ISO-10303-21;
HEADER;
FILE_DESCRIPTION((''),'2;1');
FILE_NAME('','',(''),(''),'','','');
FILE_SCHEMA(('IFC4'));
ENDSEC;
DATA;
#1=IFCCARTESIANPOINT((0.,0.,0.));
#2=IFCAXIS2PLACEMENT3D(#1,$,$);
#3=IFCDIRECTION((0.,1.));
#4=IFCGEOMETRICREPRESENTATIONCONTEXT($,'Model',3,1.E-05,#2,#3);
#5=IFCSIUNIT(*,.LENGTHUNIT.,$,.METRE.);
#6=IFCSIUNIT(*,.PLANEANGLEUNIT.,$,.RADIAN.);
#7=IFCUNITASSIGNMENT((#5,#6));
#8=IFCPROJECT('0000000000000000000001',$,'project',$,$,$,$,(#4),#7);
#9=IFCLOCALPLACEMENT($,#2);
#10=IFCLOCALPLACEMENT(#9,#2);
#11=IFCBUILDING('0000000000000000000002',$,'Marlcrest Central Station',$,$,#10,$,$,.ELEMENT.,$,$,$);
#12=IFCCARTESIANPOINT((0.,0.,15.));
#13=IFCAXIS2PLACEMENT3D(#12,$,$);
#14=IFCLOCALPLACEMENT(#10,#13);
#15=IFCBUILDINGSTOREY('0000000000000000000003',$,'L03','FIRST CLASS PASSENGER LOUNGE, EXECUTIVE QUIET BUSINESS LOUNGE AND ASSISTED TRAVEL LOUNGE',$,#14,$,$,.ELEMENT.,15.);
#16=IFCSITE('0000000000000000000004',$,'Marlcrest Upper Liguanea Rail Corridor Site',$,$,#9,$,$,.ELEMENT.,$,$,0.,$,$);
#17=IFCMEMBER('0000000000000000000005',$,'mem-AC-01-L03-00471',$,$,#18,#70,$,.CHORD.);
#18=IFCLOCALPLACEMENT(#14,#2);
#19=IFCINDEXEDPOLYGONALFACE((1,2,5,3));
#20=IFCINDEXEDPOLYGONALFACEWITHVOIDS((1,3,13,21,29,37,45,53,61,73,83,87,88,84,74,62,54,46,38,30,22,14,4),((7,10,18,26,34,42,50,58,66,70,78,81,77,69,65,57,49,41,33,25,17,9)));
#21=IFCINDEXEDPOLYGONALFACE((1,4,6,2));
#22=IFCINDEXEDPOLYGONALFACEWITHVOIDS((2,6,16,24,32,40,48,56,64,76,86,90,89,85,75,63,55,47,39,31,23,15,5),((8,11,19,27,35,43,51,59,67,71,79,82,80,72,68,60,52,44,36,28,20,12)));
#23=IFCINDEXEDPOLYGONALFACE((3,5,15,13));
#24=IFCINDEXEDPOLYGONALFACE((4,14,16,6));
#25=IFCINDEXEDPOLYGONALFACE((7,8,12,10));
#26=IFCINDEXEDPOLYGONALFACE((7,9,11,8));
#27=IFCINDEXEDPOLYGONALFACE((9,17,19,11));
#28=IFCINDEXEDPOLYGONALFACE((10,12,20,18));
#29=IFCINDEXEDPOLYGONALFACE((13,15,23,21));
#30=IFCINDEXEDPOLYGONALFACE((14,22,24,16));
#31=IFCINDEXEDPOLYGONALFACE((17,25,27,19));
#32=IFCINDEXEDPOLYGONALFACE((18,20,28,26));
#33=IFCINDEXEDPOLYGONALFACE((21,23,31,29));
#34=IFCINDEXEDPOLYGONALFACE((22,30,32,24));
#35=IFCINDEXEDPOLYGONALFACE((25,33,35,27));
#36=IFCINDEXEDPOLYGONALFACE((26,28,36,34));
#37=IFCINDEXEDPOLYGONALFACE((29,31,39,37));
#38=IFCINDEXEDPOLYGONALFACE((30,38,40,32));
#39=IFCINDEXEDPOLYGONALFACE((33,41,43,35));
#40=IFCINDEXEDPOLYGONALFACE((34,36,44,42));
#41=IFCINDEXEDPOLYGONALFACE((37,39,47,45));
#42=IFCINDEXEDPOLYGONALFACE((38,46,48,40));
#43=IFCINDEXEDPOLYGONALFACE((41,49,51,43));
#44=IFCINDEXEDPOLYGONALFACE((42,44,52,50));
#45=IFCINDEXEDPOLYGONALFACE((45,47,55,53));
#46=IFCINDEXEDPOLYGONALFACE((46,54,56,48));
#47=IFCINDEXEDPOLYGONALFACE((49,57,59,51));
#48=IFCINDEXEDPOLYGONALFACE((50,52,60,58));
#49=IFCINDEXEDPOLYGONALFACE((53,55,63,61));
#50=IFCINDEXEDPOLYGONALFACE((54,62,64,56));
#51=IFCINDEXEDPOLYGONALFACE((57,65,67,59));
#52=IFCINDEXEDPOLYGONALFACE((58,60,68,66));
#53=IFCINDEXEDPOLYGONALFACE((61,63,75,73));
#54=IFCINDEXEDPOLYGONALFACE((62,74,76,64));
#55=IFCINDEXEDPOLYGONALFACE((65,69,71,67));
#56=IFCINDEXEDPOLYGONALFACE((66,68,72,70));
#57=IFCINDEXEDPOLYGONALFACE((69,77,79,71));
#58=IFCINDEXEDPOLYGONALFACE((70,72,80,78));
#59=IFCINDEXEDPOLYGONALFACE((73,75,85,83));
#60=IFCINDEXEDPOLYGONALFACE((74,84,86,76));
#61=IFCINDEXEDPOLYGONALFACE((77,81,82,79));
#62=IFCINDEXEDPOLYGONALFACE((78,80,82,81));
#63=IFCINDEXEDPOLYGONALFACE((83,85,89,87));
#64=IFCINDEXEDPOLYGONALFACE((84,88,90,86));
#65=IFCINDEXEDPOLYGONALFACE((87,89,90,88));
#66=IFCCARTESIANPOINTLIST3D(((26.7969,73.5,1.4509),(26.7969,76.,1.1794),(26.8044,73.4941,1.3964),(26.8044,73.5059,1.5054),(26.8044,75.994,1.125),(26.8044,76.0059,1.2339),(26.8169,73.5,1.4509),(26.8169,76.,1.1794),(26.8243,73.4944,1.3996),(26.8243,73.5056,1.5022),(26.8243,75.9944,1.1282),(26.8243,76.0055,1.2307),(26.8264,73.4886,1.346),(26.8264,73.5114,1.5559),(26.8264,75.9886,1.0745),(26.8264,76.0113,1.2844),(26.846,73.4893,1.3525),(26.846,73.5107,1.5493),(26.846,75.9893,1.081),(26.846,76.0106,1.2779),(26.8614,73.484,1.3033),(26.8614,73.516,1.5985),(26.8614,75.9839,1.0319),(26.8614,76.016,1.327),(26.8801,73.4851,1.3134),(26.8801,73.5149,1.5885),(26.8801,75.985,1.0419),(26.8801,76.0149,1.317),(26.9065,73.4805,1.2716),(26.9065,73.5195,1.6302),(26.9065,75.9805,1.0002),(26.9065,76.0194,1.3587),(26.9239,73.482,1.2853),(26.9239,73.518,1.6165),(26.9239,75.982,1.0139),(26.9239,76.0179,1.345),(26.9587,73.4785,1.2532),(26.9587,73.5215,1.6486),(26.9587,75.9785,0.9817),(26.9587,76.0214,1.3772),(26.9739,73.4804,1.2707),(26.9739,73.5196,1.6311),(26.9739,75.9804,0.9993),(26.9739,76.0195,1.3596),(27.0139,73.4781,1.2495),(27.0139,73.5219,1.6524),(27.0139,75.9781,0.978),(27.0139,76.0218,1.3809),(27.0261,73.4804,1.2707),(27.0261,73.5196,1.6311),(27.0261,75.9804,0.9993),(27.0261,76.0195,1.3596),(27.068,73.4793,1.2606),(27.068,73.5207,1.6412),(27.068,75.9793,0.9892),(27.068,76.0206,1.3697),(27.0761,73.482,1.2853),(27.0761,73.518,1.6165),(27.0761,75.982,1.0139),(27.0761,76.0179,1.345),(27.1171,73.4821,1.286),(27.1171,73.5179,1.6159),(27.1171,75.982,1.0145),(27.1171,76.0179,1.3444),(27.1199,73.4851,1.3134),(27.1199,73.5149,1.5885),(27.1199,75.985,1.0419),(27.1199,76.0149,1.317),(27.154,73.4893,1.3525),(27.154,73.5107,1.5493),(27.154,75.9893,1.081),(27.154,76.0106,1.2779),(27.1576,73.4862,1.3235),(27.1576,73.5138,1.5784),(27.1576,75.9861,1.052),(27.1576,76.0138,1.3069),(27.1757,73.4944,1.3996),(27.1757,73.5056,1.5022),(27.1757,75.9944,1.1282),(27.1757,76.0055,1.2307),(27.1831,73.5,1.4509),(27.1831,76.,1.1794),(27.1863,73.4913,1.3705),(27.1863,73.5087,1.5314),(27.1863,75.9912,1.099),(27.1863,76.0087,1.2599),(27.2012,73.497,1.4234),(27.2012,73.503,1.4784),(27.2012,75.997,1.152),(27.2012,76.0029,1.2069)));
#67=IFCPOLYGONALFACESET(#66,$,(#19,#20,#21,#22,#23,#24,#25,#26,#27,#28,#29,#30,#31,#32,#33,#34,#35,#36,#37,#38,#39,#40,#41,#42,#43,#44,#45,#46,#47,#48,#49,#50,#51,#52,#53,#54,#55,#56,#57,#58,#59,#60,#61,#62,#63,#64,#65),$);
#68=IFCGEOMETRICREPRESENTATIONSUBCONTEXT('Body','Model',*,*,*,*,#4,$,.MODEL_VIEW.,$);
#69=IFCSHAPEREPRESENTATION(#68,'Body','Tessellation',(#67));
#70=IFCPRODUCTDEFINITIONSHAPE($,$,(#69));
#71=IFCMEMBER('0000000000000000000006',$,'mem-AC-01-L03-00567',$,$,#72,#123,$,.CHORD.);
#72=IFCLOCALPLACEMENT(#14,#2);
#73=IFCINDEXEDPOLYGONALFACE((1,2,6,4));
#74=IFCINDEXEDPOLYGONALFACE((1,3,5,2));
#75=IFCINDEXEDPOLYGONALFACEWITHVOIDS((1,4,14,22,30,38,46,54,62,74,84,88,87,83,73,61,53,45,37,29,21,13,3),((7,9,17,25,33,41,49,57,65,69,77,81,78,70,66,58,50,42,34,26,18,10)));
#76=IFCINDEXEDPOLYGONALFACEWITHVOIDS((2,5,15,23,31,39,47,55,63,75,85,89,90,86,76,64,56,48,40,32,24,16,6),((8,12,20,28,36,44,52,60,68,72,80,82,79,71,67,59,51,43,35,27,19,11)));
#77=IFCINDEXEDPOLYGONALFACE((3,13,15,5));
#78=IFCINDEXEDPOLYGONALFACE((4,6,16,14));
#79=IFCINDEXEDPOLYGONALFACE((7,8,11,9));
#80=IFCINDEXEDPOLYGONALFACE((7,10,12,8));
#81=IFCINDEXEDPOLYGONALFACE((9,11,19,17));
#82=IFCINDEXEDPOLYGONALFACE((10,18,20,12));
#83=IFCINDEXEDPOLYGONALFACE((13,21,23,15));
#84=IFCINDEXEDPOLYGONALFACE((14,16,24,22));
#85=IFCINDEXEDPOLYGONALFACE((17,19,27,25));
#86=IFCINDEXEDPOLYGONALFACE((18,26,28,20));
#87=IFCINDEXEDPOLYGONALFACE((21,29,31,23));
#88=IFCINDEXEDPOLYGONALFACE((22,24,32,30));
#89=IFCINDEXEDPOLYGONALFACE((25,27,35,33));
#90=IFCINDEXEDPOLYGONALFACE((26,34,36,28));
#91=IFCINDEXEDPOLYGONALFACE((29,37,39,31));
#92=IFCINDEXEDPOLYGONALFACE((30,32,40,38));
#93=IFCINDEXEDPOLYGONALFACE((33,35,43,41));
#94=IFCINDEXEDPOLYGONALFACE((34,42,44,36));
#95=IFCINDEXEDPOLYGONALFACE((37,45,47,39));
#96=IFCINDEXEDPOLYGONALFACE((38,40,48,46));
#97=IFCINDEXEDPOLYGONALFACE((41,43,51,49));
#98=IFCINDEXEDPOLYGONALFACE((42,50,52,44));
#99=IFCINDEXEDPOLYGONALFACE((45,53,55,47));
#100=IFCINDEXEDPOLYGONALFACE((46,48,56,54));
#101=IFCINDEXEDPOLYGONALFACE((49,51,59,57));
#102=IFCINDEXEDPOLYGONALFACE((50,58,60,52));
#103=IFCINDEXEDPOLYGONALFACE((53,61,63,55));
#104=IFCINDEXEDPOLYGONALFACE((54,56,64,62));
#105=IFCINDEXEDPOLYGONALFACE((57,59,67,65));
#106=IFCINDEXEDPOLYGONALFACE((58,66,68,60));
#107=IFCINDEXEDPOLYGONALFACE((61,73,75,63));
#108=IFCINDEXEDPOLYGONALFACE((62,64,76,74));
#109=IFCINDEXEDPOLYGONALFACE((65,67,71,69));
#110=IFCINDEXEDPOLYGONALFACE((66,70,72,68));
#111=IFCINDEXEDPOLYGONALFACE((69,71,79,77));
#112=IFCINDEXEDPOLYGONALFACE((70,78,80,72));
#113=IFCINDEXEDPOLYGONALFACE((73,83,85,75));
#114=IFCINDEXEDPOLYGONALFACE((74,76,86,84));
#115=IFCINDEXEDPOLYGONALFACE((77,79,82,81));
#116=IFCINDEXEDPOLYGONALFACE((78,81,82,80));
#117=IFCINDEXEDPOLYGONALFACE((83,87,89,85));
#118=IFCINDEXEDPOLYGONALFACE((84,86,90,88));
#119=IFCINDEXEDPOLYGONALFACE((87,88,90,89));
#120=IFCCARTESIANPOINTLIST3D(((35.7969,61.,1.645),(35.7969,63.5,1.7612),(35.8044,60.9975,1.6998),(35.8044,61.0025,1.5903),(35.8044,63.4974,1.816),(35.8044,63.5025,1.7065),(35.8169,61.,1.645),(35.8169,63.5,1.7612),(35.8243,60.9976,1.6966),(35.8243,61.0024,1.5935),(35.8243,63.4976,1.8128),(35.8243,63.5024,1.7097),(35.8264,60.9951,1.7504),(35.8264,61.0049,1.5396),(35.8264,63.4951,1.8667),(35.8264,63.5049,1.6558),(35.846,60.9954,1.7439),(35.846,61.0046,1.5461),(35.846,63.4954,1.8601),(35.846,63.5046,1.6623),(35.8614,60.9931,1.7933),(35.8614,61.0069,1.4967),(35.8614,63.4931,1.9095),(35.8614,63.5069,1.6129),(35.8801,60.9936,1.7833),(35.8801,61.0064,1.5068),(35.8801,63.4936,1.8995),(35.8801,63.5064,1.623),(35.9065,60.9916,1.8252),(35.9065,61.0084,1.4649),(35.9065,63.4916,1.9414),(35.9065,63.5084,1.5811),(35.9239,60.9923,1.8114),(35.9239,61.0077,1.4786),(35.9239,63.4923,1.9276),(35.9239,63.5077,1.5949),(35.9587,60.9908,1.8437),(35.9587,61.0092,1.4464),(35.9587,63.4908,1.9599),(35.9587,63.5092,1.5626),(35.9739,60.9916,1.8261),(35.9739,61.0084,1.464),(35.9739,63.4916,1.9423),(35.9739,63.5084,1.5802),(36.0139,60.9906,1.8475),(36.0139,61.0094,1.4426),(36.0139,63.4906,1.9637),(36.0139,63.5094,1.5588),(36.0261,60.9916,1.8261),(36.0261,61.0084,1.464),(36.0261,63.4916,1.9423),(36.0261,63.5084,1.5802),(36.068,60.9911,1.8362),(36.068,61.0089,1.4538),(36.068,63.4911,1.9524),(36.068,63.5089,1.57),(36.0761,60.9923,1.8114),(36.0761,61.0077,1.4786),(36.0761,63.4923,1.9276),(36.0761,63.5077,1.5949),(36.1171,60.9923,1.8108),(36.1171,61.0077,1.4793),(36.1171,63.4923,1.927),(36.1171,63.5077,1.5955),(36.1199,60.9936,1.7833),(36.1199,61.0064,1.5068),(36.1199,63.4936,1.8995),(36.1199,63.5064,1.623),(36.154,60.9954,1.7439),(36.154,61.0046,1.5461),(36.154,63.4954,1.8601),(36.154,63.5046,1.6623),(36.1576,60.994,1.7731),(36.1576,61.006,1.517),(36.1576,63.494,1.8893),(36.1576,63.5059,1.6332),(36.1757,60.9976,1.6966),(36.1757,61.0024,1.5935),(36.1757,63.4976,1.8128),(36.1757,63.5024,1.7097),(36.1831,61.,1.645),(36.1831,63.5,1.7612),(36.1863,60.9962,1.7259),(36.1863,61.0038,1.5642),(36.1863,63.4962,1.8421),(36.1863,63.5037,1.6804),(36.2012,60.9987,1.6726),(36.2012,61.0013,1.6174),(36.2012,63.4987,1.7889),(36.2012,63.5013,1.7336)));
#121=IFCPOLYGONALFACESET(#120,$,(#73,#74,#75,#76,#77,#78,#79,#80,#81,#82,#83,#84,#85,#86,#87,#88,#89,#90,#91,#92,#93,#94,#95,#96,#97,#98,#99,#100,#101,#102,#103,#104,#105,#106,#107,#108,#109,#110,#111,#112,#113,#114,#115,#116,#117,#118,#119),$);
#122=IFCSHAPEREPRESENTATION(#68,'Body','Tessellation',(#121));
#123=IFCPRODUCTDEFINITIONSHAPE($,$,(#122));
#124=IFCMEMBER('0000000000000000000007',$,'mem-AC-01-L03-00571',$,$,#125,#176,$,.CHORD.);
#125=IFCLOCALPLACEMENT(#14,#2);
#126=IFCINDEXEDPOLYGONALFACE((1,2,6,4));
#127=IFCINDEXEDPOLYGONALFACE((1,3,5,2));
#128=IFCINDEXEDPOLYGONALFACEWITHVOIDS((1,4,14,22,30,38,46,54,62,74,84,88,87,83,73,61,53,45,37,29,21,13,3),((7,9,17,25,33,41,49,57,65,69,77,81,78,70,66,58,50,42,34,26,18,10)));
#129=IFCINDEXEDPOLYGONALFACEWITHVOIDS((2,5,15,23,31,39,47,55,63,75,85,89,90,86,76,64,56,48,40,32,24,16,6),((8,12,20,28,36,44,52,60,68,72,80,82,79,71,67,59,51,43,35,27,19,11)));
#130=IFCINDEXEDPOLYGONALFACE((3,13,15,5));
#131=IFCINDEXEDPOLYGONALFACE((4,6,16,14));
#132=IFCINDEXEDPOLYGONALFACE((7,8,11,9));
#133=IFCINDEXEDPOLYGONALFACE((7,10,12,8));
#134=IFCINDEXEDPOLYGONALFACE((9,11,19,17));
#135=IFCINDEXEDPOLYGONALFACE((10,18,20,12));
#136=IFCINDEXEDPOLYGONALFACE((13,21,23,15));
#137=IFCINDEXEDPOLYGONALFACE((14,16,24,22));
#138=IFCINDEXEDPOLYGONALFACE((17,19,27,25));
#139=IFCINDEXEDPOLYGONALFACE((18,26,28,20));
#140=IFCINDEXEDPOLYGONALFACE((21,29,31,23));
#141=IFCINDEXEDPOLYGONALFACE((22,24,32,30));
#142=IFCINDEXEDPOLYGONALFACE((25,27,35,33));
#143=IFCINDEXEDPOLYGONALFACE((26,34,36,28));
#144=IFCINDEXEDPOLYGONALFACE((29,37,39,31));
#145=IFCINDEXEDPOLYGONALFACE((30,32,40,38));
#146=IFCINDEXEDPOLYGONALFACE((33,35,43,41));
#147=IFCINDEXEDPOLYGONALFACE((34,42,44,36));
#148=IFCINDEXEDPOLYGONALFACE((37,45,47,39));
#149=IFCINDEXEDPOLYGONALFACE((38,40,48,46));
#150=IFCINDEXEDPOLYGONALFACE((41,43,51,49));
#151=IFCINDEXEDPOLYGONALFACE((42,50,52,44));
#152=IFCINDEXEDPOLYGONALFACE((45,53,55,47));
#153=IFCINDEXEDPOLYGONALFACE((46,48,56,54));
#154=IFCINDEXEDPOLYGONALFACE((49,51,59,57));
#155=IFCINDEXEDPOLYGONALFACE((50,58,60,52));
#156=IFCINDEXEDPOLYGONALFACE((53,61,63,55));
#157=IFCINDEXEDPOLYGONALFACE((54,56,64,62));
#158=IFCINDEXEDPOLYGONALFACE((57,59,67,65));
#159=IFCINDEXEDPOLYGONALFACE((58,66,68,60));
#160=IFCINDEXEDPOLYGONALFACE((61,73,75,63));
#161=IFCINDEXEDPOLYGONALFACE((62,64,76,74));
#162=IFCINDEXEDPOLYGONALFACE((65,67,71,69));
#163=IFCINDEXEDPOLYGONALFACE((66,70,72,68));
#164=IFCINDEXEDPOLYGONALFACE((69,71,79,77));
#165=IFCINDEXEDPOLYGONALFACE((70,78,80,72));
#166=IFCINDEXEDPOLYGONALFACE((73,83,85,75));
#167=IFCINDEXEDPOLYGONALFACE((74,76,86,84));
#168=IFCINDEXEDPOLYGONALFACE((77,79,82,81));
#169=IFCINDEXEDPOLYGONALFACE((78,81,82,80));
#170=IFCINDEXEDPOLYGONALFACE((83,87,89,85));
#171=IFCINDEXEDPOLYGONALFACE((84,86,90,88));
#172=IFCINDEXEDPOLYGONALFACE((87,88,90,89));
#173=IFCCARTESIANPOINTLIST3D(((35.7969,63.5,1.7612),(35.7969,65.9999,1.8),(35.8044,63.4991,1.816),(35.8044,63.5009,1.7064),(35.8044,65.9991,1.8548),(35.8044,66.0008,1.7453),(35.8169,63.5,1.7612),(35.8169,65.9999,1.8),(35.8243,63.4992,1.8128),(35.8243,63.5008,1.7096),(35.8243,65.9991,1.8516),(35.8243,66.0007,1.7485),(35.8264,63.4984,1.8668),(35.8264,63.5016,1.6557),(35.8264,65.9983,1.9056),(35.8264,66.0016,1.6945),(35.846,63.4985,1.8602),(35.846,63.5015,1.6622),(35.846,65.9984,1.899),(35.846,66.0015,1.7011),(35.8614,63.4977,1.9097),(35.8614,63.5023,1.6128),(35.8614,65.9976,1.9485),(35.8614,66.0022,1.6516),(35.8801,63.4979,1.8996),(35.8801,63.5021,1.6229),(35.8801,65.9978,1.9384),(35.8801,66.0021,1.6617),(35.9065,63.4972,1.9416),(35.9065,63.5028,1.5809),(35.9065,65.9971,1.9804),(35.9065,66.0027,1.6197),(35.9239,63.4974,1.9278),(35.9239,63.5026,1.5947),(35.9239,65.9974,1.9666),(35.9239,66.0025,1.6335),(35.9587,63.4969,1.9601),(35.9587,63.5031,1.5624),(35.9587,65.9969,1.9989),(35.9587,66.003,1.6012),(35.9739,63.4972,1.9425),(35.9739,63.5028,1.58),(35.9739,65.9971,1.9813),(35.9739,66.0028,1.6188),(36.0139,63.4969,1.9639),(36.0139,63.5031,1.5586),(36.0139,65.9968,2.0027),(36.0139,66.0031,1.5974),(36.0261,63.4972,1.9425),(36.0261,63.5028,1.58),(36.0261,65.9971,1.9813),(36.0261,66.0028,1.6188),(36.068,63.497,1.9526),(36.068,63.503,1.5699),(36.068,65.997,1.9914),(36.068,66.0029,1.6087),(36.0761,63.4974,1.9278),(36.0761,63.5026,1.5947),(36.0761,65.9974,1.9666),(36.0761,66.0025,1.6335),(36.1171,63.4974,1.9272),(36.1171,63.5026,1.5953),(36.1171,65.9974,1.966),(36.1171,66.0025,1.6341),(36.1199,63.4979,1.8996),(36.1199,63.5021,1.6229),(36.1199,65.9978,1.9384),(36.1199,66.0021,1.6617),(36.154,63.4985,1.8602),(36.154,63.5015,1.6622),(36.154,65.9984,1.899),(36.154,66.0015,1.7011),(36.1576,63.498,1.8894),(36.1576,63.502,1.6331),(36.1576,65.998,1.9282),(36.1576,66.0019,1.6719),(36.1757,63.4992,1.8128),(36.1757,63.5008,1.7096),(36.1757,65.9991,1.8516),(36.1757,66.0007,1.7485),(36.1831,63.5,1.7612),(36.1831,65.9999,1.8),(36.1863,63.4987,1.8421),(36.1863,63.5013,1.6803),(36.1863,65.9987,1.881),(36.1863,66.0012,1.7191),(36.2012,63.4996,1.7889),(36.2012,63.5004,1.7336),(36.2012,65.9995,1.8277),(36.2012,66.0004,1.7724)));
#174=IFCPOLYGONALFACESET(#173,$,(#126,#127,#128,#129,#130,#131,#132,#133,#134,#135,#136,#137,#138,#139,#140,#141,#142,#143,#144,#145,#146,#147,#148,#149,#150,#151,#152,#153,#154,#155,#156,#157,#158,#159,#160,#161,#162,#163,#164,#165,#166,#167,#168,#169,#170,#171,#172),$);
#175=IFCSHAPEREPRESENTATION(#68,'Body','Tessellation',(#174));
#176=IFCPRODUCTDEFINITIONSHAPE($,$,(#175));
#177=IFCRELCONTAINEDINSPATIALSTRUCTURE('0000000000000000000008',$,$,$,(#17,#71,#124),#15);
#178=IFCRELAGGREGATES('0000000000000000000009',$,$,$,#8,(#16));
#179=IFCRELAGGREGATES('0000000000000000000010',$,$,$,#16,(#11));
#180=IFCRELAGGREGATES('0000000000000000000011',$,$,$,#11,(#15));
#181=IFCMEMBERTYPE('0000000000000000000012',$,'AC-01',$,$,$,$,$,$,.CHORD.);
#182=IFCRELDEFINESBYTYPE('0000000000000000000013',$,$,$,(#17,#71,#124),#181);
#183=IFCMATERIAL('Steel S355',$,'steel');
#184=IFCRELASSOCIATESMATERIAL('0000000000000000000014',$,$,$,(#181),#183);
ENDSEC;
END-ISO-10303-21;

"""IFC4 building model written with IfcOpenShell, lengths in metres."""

from ifc_helpers import new_model, si_unit, direction, frame, origin, origin_2d, place, context, subcontext, project, spatial, hollow_circle, extrude, material, material_profile, profile_set, type_object, element, save


model = new_model("IFC4")

# Units and contexts
model_context = context("Model", 3, precision=1e-05, world=origin(), true_north=direction((0.0, 1.0)))
body_context = subcontext(model_context, "Body", "Model", "MODEL_VIEW")
ifc_project = project(units=[si_unit("LENGTHUNIT", "METRE"), si_unit("PLANEANGLEUNIT", "RADIAN")], contexts=[model_context])

# Site, building, storey
site_placement = place(None, origin())
site = spatial("IfcSite", under=ifc_project, at=site_placement, Name="Marlcrest Upper Liguanea Rail Corridor Site", CompositionType="ELEMENT", RefElevation=0.0)
building_placement = place(site_placement, origin())
building = spatial("IfcBuilding", under=site, at=building_placement, Name="Marlcrest Central Station", CompositionType="ELEMENT")
storey_placement = place(building_placement, frame((0.0, 0.0, 15.0)))
storey = spatial("IfcBuildingStorey", under=building, at=storey_placement, Name="L03", Description="FIRST CLASS PASSENGER LOUNGE, EXECUTIVE QUIET BUSINESS LOUNGE AND ASSISTED TRAVEL LOUNGE", CompositionType="ELEMENT", Elevation=15.0)

# Members
ifc_material_1 = material(Name="Steel S355", Category="steel")
ifc_material_profile_1 = material_profile(ifc_material_1, hollow_circle(Radius=0.2031, WallThickness=0.02, at=origin_2d()), Name="CHS 406.4x20")
ifc_profile_set_1 = profile_set([ifc_material_profile_1], Name="Steel S355")
member_type_1 = type_object("IfcMemberType", Name="AC-01", PredefinedType="CHORD", material=ifc_profile_set_1)
member_1_placement = place(storey_placement, frame((27.0, 73.5, 1.4509), z_axis=(0.0, 0.994155, -0.107959), x_axis=(-1.0, 0.0, 0.0)))
element("IfcMember", 1, at=member_1_placement, inside=storey, type_object=member_type_1, Name="mem-AC-01-L03-00471", PredefinedType="CHORD", context=body_context, shape_type="SweptSolid", body=[
    extrude(hollow_circle(Radius=0.2031, WallThickness=0.02, at=origin_2d()), origin(), (0.0, 0.0, 1.0), 2.5146),
])
member_2_placement = place(storey_placement, frame((36.0, 61.0, 1.645), z_axis=(0.0, 0.998921, 0.046434), x_axis=(-1.0, 0.0, 0.0)))
element("IfcMember", 2, at=member_2_placement, inside=storey, type_object=member_type_1, Name="mem-AC-01-L03-00567", PredefinedType="CHORD", context=body_context, shape_type="SweptSolid", body=[
    extrude(hollow_circle(Radius=0.2031, WallThickness=0.02, at=origin_2d()), origin(), (0.0, 0.0, 1.0), 2.5027),
])
for number, where, z_axis, x_axis, name in (
    (3, (36.0, 63.5, 1.7612), (0.0, 0.999879, 0.015525), (-1.0, 0.0, 0.0), "mem-AC-01-L03-00571"),
):
    element("IfcMember", number, at=place(storey_placement, frame(where, z_axis=z_axis, x_axis=x_axis)), inside=storey, type_object=member_type_1, Name=name, PredefinedType="CHORD", context=body_context, shape_type="SweptSolid", body=[
        extrude(hollow_circle(Radius=0.2031, WallThickness=0.02, at=origin_2d()), origin(), (0.0, 0.0, 1.0), 2.5002),
    ])

save(model, "model.ifc")
